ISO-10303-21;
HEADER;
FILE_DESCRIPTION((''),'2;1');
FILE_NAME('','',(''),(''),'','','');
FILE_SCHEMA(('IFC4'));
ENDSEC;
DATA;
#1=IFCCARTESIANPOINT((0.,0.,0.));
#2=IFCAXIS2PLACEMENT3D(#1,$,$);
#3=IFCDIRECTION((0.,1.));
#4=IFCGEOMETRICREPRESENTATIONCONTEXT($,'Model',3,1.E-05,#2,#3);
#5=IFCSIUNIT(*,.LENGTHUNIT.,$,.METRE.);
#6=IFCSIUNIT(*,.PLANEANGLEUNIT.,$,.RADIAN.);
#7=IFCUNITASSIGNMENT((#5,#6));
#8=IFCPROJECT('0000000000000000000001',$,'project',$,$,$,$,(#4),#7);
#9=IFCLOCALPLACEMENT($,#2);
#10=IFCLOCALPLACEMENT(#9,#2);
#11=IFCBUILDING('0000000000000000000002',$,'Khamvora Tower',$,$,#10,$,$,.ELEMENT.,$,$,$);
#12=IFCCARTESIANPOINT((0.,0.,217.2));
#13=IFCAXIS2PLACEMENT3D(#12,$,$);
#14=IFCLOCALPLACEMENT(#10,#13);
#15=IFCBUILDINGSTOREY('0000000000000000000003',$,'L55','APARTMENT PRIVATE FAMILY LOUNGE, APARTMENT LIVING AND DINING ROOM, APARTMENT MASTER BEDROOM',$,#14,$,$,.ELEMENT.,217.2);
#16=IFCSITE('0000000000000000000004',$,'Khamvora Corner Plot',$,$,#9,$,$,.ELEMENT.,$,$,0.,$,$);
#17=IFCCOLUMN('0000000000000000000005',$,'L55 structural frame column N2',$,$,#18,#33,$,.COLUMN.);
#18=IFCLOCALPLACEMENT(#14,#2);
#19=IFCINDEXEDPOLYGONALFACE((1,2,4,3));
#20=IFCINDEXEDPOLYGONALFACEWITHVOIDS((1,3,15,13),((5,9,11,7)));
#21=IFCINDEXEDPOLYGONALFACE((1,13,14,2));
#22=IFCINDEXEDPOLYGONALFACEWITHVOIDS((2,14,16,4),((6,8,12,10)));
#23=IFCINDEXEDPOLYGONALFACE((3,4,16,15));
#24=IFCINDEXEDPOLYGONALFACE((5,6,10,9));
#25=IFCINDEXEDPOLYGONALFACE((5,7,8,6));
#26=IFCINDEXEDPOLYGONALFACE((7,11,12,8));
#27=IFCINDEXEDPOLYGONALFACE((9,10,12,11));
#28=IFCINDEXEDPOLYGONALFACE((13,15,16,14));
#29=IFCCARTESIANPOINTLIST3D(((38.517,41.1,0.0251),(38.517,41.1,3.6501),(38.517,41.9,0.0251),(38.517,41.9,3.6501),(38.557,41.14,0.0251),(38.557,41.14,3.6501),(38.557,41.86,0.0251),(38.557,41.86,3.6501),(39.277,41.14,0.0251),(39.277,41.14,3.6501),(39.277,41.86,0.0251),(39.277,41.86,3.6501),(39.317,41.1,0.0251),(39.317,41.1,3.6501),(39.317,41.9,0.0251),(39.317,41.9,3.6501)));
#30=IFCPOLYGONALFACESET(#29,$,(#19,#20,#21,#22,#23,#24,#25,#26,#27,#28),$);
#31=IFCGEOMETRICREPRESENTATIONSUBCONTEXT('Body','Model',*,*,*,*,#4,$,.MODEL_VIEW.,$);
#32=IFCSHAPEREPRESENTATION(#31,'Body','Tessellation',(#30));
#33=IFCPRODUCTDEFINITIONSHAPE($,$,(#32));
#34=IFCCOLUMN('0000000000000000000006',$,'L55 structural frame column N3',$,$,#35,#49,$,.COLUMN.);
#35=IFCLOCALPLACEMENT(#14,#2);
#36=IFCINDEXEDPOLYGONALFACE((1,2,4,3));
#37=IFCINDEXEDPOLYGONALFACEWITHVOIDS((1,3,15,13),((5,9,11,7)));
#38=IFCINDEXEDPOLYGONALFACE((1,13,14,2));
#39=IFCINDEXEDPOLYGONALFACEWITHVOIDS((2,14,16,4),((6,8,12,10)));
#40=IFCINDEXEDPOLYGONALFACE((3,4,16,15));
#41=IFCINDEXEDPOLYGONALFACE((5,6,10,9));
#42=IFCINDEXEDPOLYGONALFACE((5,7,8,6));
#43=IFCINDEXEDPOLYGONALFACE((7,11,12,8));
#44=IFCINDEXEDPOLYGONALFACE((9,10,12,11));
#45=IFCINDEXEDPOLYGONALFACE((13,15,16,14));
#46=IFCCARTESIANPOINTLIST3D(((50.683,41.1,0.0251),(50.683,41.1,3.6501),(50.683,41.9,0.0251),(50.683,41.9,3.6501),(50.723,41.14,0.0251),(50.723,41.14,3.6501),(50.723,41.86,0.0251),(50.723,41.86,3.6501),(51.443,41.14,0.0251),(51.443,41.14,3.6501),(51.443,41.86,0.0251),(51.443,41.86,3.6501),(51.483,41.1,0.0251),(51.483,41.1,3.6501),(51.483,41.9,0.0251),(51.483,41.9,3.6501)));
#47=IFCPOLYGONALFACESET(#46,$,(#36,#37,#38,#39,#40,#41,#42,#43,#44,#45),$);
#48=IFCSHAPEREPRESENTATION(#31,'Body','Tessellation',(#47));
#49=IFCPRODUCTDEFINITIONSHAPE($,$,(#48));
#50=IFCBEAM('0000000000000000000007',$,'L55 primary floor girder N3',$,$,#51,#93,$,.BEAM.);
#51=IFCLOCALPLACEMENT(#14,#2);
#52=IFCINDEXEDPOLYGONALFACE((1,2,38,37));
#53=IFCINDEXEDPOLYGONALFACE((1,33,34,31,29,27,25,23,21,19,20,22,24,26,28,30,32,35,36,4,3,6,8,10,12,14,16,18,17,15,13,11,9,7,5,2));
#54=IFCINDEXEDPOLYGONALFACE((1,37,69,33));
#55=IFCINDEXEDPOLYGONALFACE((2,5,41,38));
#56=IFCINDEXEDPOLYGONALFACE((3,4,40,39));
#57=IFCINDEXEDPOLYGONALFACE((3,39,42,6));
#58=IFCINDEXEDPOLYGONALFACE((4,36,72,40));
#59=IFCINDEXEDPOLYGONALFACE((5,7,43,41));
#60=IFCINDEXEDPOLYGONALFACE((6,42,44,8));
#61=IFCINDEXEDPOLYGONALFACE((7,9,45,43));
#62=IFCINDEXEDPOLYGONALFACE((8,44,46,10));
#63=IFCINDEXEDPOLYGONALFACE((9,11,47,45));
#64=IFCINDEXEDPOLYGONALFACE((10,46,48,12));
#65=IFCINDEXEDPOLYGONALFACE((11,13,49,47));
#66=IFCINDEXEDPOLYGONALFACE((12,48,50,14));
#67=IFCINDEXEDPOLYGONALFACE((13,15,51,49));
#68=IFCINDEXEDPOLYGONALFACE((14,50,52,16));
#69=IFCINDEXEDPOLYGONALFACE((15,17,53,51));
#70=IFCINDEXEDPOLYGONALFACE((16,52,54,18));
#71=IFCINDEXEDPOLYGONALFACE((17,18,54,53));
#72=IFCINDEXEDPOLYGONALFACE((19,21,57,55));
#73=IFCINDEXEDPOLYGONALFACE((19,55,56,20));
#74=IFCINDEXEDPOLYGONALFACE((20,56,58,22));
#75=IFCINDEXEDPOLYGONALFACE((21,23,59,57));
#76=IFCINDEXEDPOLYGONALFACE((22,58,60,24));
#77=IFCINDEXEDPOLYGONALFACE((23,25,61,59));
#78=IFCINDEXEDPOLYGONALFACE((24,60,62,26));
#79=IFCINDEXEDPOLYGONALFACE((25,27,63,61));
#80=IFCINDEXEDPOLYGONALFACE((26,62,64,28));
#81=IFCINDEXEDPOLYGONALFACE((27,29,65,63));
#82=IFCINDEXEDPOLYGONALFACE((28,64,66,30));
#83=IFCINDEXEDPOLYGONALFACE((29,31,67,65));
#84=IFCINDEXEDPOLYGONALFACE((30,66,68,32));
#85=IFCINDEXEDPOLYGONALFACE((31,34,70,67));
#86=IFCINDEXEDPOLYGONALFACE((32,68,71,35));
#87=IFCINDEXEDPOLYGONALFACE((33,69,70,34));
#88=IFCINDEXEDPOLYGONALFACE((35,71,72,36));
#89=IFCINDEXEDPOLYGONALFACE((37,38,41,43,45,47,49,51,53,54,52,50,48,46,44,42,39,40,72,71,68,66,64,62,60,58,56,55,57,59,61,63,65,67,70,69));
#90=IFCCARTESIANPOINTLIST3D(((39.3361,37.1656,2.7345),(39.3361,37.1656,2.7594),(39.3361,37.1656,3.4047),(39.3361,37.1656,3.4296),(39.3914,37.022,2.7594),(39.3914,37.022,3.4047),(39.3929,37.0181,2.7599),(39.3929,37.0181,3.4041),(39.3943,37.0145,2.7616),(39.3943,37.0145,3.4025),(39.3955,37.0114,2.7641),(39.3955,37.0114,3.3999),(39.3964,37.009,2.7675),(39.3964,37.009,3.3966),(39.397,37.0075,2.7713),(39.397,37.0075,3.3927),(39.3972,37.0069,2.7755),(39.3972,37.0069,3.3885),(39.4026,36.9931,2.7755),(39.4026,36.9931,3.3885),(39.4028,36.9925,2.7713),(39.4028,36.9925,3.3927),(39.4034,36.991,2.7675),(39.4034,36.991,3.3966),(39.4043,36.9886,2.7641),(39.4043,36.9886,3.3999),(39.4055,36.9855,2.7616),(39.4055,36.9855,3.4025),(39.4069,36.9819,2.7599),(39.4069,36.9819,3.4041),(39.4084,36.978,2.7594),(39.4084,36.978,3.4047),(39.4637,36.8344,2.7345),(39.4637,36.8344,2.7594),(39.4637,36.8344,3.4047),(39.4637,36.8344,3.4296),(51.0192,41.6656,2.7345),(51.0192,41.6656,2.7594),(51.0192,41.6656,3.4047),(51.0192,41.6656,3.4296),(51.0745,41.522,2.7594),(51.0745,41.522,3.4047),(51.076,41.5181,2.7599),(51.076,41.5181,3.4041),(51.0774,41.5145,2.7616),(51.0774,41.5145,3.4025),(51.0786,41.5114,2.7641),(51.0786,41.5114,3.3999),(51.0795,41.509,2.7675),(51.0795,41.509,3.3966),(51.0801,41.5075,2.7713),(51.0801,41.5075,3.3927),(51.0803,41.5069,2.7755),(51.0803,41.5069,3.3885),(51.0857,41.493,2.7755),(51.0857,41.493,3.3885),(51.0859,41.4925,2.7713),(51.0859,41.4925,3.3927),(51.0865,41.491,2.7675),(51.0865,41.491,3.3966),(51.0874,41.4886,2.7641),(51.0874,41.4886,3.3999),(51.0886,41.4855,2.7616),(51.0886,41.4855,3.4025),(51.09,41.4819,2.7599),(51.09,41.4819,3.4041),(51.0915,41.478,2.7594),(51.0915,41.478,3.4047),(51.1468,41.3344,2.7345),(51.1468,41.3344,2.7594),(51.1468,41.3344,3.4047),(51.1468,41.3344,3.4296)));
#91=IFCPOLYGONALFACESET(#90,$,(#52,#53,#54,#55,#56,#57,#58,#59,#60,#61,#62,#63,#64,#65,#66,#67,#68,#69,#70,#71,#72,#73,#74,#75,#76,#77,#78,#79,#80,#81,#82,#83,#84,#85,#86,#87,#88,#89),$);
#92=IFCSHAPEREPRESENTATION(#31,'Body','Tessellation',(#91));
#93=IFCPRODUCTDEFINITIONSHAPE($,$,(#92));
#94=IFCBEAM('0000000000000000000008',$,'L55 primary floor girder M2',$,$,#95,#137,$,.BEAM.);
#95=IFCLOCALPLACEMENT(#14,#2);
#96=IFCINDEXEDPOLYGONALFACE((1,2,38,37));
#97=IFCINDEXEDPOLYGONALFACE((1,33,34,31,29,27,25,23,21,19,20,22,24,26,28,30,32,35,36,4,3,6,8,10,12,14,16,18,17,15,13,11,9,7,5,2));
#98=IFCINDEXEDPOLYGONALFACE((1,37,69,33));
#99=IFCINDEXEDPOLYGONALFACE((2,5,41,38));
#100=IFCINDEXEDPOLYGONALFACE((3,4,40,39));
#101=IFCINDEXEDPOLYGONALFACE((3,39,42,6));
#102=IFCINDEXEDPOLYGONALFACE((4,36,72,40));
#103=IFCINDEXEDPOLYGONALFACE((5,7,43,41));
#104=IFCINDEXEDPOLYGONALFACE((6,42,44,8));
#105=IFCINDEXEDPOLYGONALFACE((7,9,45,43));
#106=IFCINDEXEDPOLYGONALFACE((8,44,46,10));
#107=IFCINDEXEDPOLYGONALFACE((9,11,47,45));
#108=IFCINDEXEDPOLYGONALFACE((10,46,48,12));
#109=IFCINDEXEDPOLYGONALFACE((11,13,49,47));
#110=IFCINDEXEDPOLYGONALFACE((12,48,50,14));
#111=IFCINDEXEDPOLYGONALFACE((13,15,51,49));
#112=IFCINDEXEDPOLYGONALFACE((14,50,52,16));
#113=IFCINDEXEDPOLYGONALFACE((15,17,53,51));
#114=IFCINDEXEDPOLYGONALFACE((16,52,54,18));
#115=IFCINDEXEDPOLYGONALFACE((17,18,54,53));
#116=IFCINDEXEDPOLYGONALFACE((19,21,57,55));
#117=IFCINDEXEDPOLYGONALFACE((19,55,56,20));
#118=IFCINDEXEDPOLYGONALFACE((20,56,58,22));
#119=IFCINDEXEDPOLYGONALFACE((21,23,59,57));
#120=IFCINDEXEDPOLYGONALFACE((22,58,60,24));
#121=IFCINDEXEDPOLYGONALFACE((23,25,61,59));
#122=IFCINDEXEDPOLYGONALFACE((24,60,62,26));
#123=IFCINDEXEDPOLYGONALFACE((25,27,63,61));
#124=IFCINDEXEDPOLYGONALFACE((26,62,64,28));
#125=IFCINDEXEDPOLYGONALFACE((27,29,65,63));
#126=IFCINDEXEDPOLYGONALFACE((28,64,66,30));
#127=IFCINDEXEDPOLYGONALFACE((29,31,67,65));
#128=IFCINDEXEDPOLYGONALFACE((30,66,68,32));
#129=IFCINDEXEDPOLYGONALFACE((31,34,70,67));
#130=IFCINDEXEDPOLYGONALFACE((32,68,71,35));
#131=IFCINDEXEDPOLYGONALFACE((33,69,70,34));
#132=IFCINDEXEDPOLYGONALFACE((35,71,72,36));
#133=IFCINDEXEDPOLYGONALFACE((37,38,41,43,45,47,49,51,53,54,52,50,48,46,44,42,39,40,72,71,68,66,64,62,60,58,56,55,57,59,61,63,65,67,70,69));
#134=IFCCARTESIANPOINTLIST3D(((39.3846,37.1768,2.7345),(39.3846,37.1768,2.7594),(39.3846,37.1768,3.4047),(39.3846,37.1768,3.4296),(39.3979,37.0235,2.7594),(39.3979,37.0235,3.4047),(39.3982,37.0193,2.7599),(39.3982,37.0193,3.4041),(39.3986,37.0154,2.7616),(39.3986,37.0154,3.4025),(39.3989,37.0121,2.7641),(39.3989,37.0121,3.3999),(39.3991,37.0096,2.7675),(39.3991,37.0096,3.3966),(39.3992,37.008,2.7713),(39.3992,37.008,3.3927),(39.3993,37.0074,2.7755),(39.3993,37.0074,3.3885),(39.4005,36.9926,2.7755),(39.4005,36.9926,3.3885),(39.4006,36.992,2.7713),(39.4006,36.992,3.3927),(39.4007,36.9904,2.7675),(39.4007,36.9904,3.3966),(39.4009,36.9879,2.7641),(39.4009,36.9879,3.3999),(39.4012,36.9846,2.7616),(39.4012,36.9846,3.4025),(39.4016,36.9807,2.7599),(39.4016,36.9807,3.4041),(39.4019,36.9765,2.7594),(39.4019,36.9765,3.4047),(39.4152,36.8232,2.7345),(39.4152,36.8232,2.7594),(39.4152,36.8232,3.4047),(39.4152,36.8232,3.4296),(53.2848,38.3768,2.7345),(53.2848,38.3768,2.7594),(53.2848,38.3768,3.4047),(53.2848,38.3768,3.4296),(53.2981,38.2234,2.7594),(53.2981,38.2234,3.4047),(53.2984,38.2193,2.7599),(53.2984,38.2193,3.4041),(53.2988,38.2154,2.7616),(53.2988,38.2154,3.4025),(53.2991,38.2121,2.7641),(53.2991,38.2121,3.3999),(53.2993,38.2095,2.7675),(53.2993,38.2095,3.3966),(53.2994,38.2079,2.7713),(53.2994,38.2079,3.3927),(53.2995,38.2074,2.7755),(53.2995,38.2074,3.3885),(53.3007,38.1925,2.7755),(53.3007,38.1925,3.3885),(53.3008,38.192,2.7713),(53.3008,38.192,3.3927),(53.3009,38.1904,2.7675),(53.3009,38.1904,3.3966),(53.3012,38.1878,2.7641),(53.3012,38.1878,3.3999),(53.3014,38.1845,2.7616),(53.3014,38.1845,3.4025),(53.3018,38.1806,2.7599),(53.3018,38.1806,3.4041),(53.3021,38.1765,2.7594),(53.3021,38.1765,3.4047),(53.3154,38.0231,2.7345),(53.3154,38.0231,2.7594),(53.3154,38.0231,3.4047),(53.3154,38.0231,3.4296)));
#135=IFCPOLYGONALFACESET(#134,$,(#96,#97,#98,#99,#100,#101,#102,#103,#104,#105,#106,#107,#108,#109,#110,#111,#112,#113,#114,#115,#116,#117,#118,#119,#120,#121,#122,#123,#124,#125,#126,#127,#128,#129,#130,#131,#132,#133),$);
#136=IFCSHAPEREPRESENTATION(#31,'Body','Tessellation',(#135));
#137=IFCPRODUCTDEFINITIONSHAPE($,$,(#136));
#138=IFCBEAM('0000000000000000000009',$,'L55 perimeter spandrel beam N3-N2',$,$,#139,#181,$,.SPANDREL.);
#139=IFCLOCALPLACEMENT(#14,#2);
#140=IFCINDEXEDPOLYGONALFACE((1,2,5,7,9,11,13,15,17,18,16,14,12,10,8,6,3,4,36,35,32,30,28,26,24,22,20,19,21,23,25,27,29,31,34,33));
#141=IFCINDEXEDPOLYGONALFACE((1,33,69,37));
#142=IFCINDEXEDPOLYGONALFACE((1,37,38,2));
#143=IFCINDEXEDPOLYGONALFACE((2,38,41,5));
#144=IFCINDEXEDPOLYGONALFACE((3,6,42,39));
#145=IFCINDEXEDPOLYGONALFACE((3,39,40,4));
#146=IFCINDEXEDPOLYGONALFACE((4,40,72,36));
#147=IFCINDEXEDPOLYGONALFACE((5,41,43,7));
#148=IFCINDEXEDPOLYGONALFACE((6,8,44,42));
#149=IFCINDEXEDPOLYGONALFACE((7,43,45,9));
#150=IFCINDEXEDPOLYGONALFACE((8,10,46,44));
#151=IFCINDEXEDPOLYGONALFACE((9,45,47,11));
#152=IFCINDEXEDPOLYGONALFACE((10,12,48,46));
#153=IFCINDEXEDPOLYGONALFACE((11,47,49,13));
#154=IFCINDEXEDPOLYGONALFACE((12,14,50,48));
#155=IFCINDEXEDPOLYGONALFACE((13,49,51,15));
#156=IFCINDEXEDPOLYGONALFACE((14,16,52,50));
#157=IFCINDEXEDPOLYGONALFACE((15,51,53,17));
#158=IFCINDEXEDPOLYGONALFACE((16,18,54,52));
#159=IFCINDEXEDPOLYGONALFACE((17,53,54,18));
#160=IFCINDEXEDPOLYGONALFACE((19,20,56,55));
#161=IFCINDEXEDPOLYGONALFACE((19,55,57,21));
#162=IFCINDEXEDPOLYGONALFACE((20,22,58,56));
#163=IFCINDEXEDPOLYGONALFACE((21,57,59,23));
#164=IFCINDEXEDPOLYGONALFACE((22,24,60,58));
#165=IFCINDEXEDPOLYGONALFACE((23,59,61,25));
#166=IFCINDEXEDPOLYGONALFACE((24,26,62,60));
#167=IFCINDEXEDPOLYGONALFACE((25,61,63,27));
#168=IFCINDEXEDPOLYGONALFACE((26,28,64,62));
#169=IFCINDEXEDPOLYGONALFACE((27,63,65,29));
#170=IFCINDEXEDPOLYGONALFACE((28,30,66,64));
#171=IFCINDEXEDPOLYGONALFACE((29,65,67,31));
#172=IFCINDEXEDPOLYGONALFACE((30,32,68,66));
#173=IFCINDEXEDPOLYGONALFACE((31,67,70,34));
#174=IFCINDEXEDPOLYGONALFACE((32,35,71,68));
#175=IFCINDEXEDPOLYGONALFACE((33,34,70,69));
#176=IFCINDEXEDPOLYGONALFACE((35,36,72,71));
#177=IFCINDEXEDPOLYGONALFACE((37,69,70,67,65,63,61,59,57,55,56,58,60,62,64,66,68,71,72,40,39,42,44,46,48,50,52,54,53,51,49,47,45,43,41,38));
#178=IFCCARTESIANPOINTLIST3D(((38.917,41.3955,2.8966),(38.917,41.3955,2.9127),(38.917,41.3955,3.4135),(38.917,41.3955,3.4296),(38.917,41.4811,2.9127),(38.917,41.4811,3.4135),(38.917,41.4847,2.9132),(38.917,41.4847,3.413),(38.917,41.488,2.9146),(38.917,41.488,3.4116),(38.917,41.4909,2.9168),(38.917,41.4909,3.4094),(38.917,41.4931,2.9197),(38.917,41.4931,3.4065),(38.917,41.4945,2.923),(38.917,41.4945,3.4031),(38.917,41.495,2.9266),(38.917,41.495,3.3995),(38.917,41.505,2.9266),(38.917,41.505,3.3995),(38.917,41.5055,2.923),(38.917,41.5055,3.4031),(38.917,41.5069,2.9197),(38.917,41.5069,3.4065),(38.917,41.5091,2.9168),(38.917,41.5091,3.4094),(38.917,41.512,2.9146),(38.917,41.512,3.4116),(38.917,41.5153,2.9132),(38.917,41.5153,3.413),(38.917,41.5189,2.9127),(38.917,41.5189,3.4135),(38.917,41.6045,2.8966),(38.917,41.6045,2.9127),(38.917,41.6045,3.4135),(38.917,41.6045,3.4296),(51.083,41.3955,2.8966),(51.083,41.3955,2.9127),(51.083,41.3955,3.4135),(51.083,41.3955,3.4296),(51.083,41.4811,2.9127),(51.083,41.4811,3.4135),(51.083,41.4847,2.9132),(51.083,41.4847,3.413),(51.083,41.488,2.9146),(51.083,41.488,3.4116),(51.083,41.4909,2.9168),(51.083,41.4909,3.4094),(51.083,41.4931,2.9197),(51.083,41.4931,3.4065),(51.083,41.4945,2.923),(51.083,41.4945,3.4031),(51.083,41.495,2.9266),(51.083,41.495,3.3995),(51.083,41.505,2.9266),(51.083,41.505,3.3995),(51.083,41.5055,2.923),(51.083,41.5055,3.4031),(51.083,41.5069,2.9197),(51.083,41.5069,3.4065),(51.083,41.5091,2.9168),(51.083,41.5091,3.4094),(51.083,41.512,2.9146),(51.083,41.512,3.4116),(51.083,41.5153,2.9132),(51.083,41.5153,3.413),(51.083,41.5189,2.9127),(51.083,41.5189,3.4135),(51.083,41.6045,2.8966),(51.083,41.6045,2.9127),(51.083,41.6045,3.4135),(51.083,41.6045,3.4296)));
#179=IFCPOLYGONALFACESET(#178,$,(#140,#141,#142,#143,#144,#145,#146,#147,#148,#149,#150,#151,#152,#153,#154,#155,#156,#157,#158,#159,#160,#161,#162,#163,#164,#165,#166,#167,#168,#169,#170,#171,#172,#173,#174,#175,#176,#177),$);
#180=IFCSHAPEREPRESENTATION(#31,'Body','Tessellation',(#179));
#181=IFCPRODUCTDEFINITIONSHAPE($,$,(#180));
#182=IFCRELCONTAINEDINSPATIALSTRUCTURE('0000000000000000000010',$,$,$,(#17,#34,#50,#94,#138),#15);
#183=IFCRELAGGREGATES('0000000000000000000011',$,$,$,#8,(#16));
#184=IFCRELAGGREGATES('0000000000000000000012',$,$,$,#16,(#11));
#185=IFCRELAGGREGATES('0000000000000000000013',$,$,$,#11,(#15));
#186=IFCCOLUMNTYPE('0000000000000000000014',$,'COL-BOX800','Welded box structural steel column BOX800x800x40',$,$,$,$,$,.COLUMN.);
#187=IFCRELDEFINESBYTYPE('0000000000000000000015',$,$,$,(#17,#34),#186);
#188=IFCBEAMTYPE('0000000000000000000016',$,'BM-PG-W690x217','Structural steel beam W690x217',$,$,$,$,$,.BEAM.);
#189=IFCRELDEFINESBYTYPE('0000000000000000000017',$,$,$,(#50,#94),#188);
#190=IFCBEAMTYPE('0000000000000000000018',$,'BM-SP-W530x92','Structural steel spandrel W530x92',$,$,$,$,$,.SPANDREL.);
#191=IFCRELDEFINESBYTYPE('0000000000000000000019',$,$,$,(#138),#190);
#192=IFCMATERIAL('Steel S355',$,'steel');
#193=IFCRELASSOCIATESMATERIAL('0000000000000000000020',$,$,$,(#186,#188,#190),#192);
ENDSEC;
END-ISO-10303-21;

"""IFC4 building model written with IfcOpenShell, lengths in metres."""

from ifc_helpers import new_model, si_unit, direction, frame, origin, origin_2d, place, context, subcontext, project, spatial, hollow_rectangle, i_section, extrude, material, material_profile, profile_set, type_object, element, save


model = new_model("IFC4")

# Units and contexts
model_context = context("Model", 3, precision=1e-05, world=origin(), true_north=direction((0.0, 1.0)))
body_context = subcontext(model_context, "Body", "Model", "MODEL_VIEW")
ifc_project = project(units=[si_unit("LENGTHUNIT", "METRE"), si_unit("PLANEANGLEUNIT", "RADIAN")], contexts=[model_context])

# Site, building, storey
site_placement = place(None, origin())
site = spatial("IfcSite", under=ifc_project, at=site_placement, Name="Khamvora Corner Plot", CompositionType="ELEMENT", RefElevation=0.0)
building_placement = place(site_placement, origin())
building = spatial("IfcBuilding", under=site, at=building_placement, Name="Khamvora Tower", CompositionType="ELEMENT")
storey_placement = place(building_placement, frame((0.0, 0.0, 217.2)))
storey = spatial("IfcBuildingStorey", under=building, at=storey_placement, Name="L55", Description="APARTMENT PRIVATE FAMILY LOUNGE, APARTMENT LIVING AND DINING ROOM, APARTMENT MASTER BEDROOM", CompositionType="ELEMENT", Elevation=217.2)

# Columns
ifc_material_1 = material(Name="Steel S355", Category="steel")
ifc_material_profile_1 = material_profile(ifc_material_1, hollow_rectangle(XDim=0.8, YDim=0.8, WallThickness=0.04, at=origin_2d()), Name="BOX800x800x40")
ifc_profile_set_1 = profile_set([ifc_material_profile_1], Name="Steel S355")
column_type = type_object("IfcColumnType", Name="COL-BOX800", Description="Welded box structural steel column BOX800x800x40", PredefinedType="COLUMN", material=ifc_profile_set_1)
for number, where, z_axis, x_axis, name in (
    (1, (38.917, 41.5, 0.0251), (0.0, 0.0, 1.0), (1.0, 0.0, 0.0), "L55 structural frame column N2"),
    (2, (51.083, 41.5, 0.0251), (0.0, 0.0, 1.0), (1.0, 0.0, 0.0), "L55 structural frame column N3"),
):
    element("IfcColumn", number, at=place(storey_placement, frame(where, z_axis=z_axis, x_axis=x_axis)), inside=storey, type_object=column_type, Name=name, PredefinedType="COLUMN", context=body_context, shape_type="SweptSolid", body=[
        extrude(hollow_rectangle(XDim=0.8, YDim=0.8, WallThickness=0.04, at=origin_2d()), origin(), (0.0, 0.0, 1.0), 3.625),
    ])

# Beams
ifc_material_profile_2 = material_profile(ifc_material_1, i_section(OverallWidth=0.355, OverallDepth=0.6951, WebThickness=0.0149, FlangeThickness=0.0249, FilletRadius=0.0161, at=origin_2d()), Name="W690x217")
ifc_profile_set_2 = profile_set([ifc_material_profile_2], Name="Steel S355")
beam_type_1 = type_object("IfcBeamType", Name="BM-PG-W690x217", Description="Structural steel beam W690x217", PredefinedType="BEAM", material=ifc_profile_set_2)
beam_1_placement = place(storey_placement, frame((39.3999, 37.0, 3.082), z_axis=(0.933172, 0.359431, 0.0), x_axis=(-0.359431, 0.933172, 0.0)))
element("IfcBeam", 3, at=beam_1_placement, inside=storey, type_object=beam_type_1, Name="L55 primary floor girder N3", PredefinedType="BEAM", context=body_context, shape_type="SweptSolid", body=[
    extrude(i_section(OverallWidth=0.355, OverallDepth=0.6951, WebThickness=0.0149, FlangeThickness=0.0249, FilletRadius=0.0161, at=origin_2d()), origin(), (0.0, 0.0, 1.0), 12.5198),
])
beam_2_placement = place(storey_placement, frame((39.3999, 37.0, 3.082), z_axis=(0.996295, 0.086007, 0.0), x_axis=(-0.086007, 0.996295, 0.0)))
element("IfcBeam", 4, at=beam_2_placement, inside=storey, type_object=beam_type_1, Name="L55 primary floor girder M2", PredefinedType="BEAM", context=body_context, shape_type="SweptSolid", body=[
    extrude(i_section(OverallWidth=0.355, OverallDepth=0.6951, WebThickness=0.0149, FlangeThickness=0.0249, FilletRadius=0.0161, at=origin_2d()), origin(), (0.0, 0.0, 1.0), 13.9519),
])
ifc_material_profile_3 = material_profile(ifc_material_1, i_section(OverallWidth=0.209, OverallDepth=0.533, WebThickness=0.01, FlangeThickness=0.0161, FilletRadius=0.0139, at=origin_2d()), Name="W530x92")
ifc_profile_set_3 = profile_set([ifc_material_profile_3], Name="Steel S355")
beam_type_2 = type_object("IfcBeamType", Name="BM-SP-W530x92", Description="Structural steel spandrel W530x92", PredefinedType="SPANDREL", material=ifc_profile_set_3)
beam_3_placement = place(storey_placement, frame((51.083, 41.5, 3.1631), z_axis=(-1.0, 0.0, 0.0), x_axis=(0.0, -1.0, 0.0)))
element("IfcBeam", 5, at=beam_3_placement, inside=storey, type_object=beam_type_2, Name="L55 perimeter spandrel beam N3-N2", PredefinedType="SPANDREL", context=body_context, shape_type="SweptSolid", body=[
    extrude(i_section(OverallWidth=0.209, OverallDepth=0.533, WebThickness=0.01, FlangeThickness=0.0161, FilletRadius=0.0139, at=origin_2d()), origin(), (0.0, 0.0, 1.0), 12.166),
])

save(model, "model.ifc")
